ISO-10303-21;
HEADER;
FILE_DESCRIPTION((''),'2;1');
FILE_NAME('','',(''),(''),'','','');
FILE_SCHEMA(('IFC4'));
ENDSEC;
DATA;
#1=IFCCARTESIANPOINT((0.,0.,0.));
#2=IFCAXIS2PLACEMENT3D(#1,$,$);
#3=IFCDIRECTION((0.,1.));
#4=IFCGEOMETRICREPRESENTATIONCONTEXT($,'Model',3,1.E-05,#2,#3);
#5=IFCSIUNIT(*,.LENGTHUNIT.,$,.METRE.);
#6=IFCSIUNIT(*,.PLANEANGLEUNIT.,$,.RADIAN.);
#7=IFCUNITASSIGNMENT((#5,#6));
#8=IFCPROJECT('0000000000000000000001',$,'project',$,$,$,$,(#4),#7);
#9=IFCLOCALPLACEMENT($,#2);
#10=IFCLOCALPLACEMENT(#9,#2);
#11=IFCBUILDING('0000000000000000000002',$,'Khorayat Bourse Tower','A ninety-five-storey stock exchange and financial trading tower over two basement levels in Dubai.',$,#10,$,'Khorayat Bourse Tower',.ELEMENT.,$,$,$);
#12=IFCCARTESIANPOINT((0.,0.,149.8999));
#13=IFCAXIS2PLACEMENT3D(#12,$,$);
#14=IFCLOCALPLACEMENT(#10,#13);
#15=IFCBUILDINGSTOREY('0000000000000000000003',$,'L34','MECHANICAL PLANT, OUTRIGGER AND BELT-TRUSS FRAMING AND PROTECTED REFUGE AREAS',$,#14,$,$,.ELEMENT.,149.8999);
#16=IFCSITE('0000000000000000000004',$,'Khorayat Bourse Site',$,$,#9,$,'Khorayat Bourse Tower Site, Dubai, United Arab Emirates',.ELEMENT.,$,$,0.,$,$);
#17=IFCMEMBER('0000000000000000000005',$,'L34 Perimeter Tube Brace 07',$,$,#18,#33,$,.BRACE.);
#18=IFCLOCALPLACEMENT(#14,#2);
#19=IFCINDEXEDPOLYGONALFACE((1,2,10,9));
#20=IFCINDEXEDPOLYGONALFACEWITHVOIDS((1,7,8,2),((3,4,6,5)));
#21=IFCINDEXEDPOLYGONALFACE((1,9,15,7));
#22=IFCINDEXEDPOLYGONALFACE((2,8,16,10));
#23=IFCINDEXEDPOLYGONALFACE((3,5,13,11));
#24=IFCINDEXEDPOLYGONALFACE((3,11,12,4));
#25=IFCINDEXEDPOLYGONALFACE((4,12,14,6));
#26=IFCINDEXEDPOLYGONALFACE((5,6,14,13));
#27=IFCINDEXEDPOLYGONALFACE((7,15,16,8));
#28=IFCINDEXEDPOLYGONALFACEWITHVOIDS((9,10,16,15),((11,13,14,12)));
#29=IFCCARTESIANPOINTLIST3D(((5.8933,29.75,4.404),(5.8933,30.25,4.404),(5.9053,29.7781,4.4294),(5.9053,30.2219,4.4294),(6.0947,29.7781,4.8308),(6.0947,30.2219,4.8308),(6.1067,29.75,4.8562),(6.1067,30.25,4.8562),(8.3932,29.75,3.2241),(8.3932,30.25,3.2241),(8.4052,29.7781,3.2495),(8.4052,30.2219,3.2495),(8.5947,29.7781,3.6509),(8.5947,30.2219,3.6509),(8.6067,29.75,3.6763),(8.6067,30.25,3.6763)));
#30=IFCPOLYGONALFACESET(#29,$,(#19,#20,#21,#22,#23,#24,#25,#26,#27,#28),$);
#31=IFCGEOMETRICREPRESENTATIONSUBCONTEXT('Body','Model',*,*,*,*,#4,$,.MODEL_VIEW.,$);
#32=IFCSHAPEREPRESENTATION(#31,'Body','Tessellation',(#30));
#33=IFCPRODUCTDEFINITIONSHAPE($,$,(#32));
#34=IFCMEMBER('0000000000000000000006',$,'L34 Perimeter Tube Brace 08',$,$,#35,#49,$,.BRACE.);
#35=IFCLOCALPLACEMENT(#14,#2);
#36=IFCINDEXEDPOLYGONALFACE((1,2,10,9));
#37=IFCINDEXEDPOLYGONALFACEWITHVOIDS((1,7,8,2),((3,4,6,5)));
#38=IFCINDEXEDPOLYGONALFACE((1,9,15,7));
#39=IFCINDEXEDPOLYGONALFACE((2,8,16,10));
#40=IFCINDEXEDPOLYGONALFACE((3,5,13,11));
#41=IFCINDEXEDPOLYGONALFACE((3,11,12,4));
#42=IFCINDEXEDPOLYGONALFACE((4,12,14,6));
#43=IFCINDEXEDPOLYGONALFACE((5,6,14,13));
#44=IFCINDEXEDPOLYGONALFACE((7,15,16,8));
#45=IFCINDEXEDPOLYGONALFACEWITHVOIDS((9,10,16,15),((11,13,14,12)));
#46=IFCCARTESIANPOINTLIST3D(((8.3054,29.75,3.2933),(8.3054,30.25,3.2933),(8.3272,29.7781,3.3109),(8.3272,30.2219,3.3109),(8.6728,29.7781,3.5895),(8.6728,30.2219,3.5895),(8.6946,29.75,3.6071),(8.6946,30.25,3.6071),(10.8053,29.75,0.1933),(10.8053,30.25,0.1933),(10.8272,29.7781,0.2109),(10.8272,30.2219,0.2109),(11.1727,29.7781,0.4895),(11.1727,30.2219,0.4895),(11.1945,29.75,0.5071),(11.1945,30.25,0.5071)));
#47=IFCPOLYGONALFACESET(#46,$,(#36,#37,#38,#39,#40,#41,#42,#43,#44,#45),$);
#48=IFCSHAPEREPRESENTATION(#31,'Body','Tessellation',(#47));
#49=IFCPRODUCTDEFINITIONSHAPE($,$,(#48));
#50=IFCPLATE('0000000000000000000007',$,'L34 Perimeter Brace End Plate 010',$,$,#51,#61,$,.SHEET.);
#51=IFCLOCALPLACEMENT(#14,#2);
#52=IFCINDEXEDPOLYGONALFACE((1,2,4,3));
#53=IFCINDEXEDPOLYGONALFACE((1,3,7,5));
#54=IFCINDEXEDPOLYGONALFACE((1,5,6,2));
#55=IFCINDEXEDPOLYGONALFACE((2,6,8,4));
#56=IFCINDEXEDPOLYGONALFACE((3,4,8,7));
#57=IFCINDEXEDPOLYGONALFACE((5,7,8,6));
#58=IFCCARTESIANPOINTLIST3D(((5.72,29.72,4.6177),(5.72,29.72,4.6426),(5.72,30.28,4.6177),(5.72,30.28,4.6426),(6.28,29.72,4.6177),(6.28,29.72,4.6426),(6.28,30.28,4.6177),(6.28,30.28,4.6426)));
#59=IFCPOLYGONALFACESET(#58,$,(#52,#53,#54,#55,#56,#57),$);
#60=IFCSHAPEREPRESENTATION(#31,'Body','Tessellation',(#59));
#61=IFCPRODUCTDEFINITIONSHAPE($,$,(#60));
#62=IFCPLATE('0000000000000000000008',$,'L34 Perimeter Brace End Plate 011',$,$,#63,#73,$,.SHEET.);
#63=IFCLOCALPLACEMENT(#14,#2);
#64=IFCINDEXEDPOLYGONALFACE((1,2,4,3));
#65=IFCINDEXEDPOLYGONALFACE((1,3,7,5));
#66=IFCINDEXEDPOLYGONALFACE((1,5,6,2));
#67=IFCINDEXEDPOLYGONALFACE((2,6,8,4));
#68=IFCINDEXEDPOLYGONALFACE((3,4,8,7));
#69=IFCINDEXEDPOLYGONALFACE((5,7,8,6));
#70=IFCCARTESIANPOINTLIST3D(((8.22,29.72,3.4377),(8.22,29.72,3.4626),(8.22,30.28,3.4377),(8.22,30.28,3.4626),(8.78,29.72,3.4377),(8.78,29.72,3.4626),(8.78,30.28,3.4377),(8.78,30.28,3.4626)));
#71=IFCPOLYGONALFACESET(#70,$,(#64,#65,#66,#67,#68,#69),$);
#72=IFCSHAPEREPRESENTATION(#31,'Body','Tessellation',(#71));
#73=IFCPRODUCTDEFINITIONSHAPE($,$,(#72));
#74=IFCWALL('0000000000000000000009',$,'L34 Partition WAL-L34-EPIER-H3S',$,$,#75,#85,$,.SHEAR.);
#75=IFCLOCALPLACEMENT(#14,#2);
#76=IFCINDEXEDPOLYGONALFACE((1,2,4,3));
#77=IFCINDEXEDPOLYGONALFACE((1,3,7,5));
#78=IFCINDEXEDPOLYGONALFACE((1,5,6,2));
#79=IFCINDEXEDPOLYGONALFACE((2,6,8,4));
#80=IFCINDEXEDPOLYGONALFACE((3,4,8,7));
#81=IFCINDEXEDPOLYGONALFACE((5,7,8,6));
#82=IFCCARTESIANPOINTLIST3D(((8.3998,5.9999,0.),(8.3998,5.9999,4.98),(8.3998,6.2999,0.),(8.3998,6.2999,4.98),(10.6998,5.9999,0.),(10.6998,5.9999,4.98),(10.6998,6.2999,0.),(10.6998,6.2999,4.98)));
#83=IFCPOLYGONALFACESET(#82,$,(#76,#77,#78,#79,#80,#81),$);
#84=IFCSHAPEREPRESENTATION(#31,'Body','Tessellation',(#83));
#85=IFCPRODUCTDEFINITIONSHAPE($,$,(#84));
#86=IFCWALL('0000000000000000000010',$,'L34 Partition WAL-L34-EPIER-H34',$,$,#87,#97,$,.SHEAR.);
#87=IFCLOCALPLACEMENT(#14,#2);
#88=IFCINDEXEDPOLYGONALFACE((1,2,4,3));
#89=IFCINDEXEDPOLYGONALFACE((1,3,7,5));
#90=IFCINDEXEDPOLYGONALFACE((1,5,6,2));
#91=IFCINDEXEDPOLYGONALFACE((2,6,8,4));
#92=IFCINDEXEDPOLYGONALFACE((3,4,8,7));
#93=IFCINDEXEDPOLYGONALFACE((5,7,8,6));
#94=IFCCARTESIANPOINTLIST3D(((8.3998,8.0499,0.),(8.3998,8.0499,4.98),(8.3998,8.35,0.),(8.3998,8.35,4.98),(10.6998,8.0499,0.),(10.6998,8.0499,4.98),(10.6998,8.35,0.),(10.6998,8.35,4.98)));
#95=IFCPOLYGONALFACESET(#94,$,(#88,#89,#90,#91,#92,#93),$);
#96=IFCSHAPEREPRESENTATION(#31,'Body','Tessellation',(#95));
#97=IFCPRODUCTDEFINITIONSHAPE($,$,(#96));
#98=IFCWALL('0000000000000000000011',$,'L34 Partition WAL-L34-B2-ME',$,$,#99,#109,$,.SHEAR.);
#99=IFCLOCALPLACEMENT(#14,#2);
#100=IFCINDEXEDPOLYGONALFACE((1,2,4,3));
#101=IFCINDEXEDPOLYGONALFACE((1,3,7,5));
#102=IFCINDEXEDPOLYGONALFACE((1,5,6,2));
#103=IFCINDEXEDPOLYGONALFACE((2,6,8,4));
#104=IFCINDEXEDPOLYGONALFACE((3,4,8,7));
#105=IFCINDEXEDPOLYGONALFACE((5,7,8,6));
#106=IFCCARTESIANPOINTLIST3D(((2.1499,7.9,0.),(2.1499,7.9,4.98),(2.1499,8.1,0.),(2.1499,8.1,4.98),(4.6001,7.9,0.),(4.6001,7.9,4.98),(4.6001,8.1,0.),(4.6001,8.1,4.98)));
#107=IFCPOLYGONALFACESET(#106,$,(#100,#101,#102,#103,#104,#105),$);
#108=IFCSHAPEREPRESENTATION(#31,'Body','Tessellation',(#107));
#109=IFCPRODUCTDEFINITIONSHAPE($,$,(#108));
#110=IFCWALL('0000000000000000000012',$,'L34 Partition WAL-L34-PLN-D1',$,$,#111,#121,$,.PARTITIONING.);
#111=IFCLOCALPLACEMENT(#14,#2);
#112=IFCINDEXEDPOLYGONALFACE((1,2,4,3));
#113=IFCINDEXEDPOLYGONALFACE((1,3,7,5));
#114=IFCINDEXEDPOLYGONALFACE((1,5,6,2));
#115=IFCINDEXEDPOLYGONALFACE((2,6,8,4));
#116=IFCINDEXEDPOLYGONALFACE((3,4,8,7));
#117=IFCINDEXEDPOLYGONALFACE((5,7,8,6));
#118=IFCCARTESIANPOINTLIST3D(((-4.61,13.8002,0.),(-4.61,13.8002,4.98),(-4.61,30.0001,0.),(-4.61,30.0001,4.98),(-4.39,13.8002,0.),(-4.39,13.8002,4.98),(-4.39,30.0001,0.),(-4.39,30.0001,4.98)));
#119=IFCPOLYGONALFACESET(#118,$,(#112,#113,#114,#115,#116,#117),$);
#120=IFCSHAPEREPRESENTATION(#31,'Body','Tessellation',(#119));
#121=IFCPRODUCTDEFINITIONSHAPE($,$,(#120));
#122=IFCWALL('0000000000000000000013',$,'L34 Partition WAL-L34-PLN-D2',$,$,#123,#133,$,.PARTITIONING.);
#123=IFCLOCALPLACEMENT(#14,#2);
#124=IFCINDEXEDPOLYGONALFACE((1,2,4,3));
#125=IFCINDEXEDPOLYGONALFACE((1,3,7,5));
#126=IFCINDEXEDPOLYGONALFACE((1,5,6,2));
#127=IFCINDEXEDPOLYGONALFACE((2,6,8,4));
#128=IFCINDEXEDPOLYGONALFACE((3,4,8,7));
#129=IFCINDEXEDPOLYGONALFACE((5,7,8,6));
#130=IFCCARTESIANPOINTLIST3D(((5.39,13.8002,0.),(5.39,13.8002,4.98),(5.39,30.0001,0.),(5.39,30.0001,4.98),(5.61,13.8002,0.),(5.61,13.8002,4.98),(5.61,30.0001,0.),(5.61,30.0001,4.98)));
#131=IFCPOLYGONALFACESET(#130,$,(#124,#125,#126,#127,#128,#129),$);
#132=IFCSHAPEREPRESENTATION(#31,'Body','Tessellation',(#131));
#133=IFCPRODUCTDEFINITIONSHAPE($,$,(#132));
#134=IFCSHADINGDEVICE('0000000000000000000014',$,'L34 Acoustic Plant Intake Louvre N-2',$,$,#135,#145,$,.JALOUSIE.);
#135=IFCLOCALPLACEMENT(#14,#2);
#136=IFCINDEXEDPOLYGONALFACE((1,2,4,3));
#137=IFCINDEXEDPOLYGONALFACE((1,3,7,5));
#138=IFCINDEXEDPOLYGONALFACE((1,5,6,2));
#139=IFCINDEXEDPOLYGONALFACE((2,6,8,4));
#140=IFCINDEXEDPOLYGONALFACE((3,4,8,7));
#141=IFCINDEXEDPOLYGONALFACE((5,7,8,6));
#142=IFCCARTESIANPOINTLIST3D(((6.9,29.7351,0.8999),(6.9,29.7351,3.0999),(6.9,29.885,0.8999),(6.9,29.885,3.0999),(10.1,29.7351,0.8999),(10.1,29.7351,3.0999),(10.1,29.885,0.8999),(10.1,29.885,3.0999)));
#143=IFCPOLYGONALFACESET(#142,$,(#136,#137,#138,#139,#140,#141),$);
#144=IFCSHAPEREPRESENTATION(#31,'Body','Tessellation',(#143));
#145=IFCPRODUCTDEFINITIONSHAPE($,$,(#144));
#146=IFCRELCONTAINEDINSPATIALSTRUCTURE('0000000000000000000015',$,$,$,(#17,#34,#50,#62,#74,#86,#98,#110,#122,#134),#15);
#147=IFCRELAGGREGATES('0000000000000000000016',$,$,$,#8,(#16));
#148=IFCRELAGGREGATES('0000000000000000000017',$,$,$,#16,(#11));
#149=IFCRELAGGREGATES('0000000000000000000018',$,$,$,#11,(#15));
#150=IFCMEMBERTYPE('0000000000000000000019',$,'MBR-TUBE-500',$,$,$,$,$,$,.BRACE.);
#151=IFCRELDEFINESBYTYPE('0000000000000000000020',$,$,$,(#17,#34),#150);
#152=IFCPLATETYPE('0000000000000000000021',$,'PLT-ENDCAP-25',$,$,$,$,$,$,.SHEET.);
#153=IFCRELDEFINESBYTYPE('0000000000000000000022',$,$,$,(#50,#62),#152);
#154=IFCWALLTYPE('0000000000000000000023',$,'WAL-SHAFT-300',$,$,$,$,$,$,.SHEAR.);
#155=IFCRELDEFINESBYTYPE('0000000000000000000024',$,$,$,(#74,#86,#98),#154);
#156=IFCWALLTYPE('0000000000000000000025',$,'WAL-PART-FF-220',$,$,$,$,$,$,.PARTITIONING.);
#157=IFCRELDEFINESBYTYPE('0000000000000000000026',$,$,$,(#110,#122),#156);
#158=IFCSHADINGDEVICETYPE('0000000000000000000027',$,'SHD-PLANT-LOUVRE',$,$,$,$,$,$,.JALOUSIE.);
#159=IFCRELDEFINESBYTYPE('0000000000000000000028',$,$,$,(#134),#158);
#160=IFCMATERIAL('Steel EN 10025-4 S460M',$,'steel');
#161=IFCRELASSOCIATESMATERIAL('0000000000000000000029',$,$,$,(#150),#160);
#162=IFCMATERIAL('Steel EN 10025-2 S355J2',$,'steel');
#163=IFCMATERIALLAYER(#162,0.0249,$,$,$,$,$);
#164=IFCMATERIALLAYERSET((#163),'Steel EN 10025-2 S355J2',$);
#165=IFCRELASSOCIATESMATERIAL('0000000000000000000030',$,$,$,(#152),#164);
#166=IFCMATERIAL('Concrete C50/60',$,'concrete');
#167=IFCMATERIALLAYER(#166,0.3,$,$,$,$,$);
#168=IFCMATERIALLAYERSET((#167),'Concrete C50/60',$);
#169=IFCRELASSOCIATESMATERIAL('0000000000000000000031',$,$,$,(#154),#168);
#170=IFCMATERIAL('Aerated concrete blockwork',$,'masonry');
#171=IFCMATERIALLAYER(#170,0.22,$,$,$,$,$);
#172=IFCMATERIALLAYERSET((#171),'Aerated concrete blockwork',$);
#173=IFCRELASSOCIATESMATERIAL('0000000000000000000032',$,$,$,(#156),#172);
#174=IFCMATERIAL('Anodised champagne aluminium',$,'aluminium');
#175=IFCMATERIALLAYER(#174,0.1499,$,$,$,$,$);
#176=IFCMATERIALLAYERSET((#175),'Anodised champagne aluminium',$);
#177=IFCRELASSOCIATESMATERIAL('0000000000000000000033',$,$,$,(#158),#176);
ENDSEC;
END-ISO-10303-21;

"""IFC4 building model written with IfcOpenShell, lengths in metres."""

from ifc_helpers import new_model, si_unit, direction, frame, frame_2d, origin, origin_2d, place, context, subcontext, project, spatial, rectangle, hollow_rectangle, extrude, source, transform, mapped, material, layer, layer_set, material_profile, profile_set, type_object, element, save


model = new_model("IFC4")

# Units and contexts
model_context = context("Model", 3, precision=1e-05, world=origin(), true_north=direction((0.0, 1.0)))
body_context = subcontext(model_context, "Body", "Model", "MODEL_VIEW")
ifc_project = project(units=[si_unit("LENGTHUNIT", "METRE"), si_unit("PLANEANGLEUNIT", "RADIAN")], contexts=[model_context])

# Site, building, storey
site_placement = place(None, origin())
site = spatial("IfcSite", under=ifc_project, at=site_placement, Name="Khorayat Bourse Site", LongName="Khorayat Bourse Tower Site, Dubai, United Arab Emirates", CompositionType="ELEMENT", RefElevation=0.0)
building_placement = place(site_placement, origin())
building = spatial("IfcBuilding", under=site, at=building_placement, Name="Khorayat Bourse Tower", Description="A ninety-five-storey stock exchange and financial trading tower over two basement levels in Dubai.", LongName="Khorayat Bourse Tower", CompositionType="ELEMENT")
storey_placement = place(building_placement, frame((0.0, 0.0, 149.8999)))
storey = spatial("IfcBuildingStorey", under=building, at=storey_placement, Name="L34", Description="MECHANICAL PLANT, OUTRIGGER AND BELT-TRUSS FRAMING AND PROTECTED REFUGE AREAS", CompositionType="ELEMENT", Elevation=149.8999)

# Shared definitions
ifc_material_1 = material(Name="Steel EN 10025-4 S460M", Category="steel")

# Members
ifc_material_profile_1 = material_profile(ifc_material_1, hollow_rectangle(XDim=0.5, YDim=0.5, WallThickness=0.0281, at=origin_2d()), Name="HSS 500x500x28")
ifc_profile_set_1 = profile_set([ifc_material_profile_1], Name="Steel EN 10025-4 S460M")
member_type = type_object("IfcMemberType", Name="MBR-TUBE-500", PredefinedType="BRACE", material=ifc_profile_set_1)
shared_shape_1 = source(origin(), body_context, "Body", "SweptSolid", [
    extrude(hollow_rectangle(XDim=0.5, YDim=0.5, WallThickness=0.0281, at=origin_2d()), origin(), (0.0, 0.0, 1.0), 2.7644),
])
member_1_placement = place(storey_placement, frame((6.0, 30.0, 4.6301), z_axis=(0.904336, 0.0, -0.426822), x_axis=(0.0, 1.0, 0.0)))
element("IfcMember", 1, at=member_1_placement, inside=storey, type_object=member_type, Name="L34 Perimeter Tube Brace 07", PredefinedType="BRACE", context=body_context, shape_type="MappedRepresentation", body=[
    mapped(shared_shape_1, transform((0.0, 0.0, 0.0), scale=1.0)),
])
shared_shape_2 = source(origin(), body_context, "Body", "SweptSolid", [
    extrude(hollow_rectangle(XDim=0.5, YDim=0.5, WallThickness=0.0281, at=origin_2d()), origin(), (0.0, 0.0, 1.0), 3.9824),
])
member_2_placement = place(storey_placement, frame((8.5, 30.0, 3.4502), z_axis=(0.62774, 0.0, -0.778423), x_axis=(0.0, 1.0, 0.0)))
element("IfcMember", 2, at=member_2_placement, inside=storey, type_object=member_type, Name="L34 Perimeter Tube Brace 08", PredefinedType="BRACE", context=body_context, shape_type="MappedRepresentation", body=[
    mapped(shared_shape_2, transform((0.0, 0.0, 0.0), scale=1.0)),
])

# Plates
ifc_material_2 = material(Name="Steel EN 10025-2 S355J2", Category="steel")
ifc_layer_1 = layer(ifc_material_2, 0.0249)
ifc_layer_set_1 = layer_set([ifc_layer_1], Name="Steel EN 10025-2 S355J2")
plate_type = type_object("IfcPlateType", Name="PLT-ENDCAP-25", PredefinedType="SHEET", material=ifc_layer_set_1)
shared_shape_3 = source(origin(), body_context, "Body", "SweptSolid", [
    extrude(rectangle(XDim=0.5601, YDim=0.5601, at=origin_2d()), origin(), (0.0, 0.0, 1.0), 0.0249),
])
for number, where, z_axis, x_axis, name in (
    (3, (6.0, 30.0, 4.6177), (0.0, 0.0, 1.0), (1.0, 0.0, 0.0), "L34 Perimeter Brace End Plate 010"),
    (4, (8.5, 30.0, 3.4377), (0.0, 0.0, 1.0), (1.0, 0.0, 0.0), "L34 Perimeter Brace End Plate 011"),
):
    element("IfcPlate", number, at=place(storey_placement, frame(where, z_axis=z_axis, x_axis=x_axis)), inside=storey, type_object=plate_type, Name=name, PredefinedType="SHEET", context=body_context, shape_type="MappedRepresentation", body=[
        mapped(shared_shape_3, transform((0.0, 0.0, 0.0), scale=1.0)),
    ])

# Walls
ifc_material_3 = material(Name="Concrete C50/60", Category="concrete")
ifc_layer_2 = layer(ifc_material_3, 0.3)
ifc_layer_set_2 = layer_set([ifc_layer_2], Name="Concrete C50/60")
wall_type_1 = type_object("IfcWallType", Name="WAL-SHAFT-300", PredefinedType="SHEAR", material=ifc_layer_set_2)
shared_shape_4 = source(origin(), body_context, "Body", "SweptSolid", [
    extrude(rectangle(XDim=2.3, YDim=0.3, at=frame_2d((1.1499, 0.0))), origin(), (0.0, 0.0, 1.0), 4.98),
])
for number, where, z_axis, x_axis, name in (
    (5, (8.3999, 6.1499, 0.0), (0.0, 0.0, 1.0), (1.0, 0.0, 0.0), "L34 Partition WAL-L34-EPIER-H3S"),
    (6, (8.3999, 8.2, 0.0), (0.0, 0.0, 1.0), (1.0, 0.0, 0.0), "L34 Partition WAL-L34-EPIER-H34"),
):
    element("IfcWall", number, at=place(storey_placement, frame(where, z_axis=z_axis, x_axis=x_axis)), inside=storey, type_object=wall_type_1, Name=name, PredefinedType="SHEAR", context=body_context, shape_type="MappedRepresentation", body=[
        mapped(shared_shape_4, transform((0.0, 0.0, 0.0), scale=1.0)),
    ])
shared_shape_5 = source(origin(), body_context, "Body", "SweptSolid", [
    extrude(rectangle(XDim=2.4502, YDim=0.2, at=frame_2d((1.2251, 0.0))), origin(), (0.0, 0.0, 1.0), 4.98),
])
wall_1_placement = place(storey_placement, frame((2.1499, 8.0, 0.0), z_axis=(0.0, 0.0, 1.0), x_axis=(1.0, 0.0, 0.0)))
element("IfcWall", 7, at=wall_1_placement, inside=storey, type_object=wall_type_1, Name="L34 Partition WAL-L34-B2-ME", PredefinedType="SHEAR", context=body_context, shape_type="MappedRepresentation", body=[
    mapped(shared_shape_5, transform((0.0, 0.0, 0.0), scale=1.0)),
])
ifc_material_4 = material(Name="Aerated concrete blockwork", Category="masonry")
ifc_layer_3 = layer(ifc_material_4, 0.22)
ifc_layer_set_3 = layer_set([ifc_layer_3], Name="Aerated concrete blockwork")
wall_type_2 = type_object("IfcWallType", Name="WAL-PART-FF-220", PredefinedType="PARTITIONING", material=ifc_layer_set_3)
shared_shape_6 = source(origin(), body_context, "Body", "SweptSolid", [
    extrude(rectangle(XDim=16.2, YDim=0.22, at=frame_2d((8.1001, 0.0))), origin(), (0.0, 0.0, 1.0), 4.98),
])
for number, where, z_axis, x_axis, name in (
    (8, (-4.5, 13.8, 0.0), (0.0, 0.0, 1.0), (0.0, 1.0, 0.0), "L34 Partition WAL-L34-PLN-D1"),
    (9, (5.5, 13.8, 0.0), (0.0, 0.0, 1.0), (0.0, 1.0, 0.0), "L34 Partition WAL-L34-PLN-D2"),
):
    element("IfcWall", number, at=place(storey_placement, frame(where, z_axis=z_axis, x_axis=x_axis)), inside=storey, type_object=wall_type_2, Name=name, PredefinedType="PARTITIONING", context=body_context, shape_type="MappedRepresentation", body=[
        mapped(shared_shape_6, transform((0.0, 0.0, 0.0), scale=1.0)),
    ])

# Shading device
ifc_material_5 = material(Name="Anodised champagne aluminium", Category="aluminium")
ifc_layer_4 = layer(ifc_material_5, 0.1499)
ifc_layer_set_4 = layer_set([ifc_layer_4], Name="Anodised champagne aluminium")
shading_device_type = type_object("IfcShadingDeviceType", Name="SHD-PLANT-LOUVRE", PredefinedType="JALOUSIE", material=ifc_layer_set_4)
shared_shape_7 = source(origin(), body_context, "Body", "SweptSolid", [
    extrude(rectangle(XDim=3.2, YDim=0.1499, at=origin_2d()), origin(), (0.0, 0.0, 1.0), 2.2),
])
shading_device_placement = place(storey_placement, frame((8.5, 29.8101, 0.8999), z_axis=(0.0, 0.0, 1.0), x_axis=(1.0, 0.0, 0.0)))
element("IfcShadingDevice", 10, at=shading_device_placement, inside=storey, type_object=shading_device_type, Name="L34 Acoustic Plant Intake Louvre N-2", PredefinedType="JALOUSIE", context=body_context, shape_type="MappedRepresentation", body=[
    mapped(shared_shape_7, transform((0.0, 0.0, 0.0), scale=1.0)),
])

save(model, "model.ifc")
